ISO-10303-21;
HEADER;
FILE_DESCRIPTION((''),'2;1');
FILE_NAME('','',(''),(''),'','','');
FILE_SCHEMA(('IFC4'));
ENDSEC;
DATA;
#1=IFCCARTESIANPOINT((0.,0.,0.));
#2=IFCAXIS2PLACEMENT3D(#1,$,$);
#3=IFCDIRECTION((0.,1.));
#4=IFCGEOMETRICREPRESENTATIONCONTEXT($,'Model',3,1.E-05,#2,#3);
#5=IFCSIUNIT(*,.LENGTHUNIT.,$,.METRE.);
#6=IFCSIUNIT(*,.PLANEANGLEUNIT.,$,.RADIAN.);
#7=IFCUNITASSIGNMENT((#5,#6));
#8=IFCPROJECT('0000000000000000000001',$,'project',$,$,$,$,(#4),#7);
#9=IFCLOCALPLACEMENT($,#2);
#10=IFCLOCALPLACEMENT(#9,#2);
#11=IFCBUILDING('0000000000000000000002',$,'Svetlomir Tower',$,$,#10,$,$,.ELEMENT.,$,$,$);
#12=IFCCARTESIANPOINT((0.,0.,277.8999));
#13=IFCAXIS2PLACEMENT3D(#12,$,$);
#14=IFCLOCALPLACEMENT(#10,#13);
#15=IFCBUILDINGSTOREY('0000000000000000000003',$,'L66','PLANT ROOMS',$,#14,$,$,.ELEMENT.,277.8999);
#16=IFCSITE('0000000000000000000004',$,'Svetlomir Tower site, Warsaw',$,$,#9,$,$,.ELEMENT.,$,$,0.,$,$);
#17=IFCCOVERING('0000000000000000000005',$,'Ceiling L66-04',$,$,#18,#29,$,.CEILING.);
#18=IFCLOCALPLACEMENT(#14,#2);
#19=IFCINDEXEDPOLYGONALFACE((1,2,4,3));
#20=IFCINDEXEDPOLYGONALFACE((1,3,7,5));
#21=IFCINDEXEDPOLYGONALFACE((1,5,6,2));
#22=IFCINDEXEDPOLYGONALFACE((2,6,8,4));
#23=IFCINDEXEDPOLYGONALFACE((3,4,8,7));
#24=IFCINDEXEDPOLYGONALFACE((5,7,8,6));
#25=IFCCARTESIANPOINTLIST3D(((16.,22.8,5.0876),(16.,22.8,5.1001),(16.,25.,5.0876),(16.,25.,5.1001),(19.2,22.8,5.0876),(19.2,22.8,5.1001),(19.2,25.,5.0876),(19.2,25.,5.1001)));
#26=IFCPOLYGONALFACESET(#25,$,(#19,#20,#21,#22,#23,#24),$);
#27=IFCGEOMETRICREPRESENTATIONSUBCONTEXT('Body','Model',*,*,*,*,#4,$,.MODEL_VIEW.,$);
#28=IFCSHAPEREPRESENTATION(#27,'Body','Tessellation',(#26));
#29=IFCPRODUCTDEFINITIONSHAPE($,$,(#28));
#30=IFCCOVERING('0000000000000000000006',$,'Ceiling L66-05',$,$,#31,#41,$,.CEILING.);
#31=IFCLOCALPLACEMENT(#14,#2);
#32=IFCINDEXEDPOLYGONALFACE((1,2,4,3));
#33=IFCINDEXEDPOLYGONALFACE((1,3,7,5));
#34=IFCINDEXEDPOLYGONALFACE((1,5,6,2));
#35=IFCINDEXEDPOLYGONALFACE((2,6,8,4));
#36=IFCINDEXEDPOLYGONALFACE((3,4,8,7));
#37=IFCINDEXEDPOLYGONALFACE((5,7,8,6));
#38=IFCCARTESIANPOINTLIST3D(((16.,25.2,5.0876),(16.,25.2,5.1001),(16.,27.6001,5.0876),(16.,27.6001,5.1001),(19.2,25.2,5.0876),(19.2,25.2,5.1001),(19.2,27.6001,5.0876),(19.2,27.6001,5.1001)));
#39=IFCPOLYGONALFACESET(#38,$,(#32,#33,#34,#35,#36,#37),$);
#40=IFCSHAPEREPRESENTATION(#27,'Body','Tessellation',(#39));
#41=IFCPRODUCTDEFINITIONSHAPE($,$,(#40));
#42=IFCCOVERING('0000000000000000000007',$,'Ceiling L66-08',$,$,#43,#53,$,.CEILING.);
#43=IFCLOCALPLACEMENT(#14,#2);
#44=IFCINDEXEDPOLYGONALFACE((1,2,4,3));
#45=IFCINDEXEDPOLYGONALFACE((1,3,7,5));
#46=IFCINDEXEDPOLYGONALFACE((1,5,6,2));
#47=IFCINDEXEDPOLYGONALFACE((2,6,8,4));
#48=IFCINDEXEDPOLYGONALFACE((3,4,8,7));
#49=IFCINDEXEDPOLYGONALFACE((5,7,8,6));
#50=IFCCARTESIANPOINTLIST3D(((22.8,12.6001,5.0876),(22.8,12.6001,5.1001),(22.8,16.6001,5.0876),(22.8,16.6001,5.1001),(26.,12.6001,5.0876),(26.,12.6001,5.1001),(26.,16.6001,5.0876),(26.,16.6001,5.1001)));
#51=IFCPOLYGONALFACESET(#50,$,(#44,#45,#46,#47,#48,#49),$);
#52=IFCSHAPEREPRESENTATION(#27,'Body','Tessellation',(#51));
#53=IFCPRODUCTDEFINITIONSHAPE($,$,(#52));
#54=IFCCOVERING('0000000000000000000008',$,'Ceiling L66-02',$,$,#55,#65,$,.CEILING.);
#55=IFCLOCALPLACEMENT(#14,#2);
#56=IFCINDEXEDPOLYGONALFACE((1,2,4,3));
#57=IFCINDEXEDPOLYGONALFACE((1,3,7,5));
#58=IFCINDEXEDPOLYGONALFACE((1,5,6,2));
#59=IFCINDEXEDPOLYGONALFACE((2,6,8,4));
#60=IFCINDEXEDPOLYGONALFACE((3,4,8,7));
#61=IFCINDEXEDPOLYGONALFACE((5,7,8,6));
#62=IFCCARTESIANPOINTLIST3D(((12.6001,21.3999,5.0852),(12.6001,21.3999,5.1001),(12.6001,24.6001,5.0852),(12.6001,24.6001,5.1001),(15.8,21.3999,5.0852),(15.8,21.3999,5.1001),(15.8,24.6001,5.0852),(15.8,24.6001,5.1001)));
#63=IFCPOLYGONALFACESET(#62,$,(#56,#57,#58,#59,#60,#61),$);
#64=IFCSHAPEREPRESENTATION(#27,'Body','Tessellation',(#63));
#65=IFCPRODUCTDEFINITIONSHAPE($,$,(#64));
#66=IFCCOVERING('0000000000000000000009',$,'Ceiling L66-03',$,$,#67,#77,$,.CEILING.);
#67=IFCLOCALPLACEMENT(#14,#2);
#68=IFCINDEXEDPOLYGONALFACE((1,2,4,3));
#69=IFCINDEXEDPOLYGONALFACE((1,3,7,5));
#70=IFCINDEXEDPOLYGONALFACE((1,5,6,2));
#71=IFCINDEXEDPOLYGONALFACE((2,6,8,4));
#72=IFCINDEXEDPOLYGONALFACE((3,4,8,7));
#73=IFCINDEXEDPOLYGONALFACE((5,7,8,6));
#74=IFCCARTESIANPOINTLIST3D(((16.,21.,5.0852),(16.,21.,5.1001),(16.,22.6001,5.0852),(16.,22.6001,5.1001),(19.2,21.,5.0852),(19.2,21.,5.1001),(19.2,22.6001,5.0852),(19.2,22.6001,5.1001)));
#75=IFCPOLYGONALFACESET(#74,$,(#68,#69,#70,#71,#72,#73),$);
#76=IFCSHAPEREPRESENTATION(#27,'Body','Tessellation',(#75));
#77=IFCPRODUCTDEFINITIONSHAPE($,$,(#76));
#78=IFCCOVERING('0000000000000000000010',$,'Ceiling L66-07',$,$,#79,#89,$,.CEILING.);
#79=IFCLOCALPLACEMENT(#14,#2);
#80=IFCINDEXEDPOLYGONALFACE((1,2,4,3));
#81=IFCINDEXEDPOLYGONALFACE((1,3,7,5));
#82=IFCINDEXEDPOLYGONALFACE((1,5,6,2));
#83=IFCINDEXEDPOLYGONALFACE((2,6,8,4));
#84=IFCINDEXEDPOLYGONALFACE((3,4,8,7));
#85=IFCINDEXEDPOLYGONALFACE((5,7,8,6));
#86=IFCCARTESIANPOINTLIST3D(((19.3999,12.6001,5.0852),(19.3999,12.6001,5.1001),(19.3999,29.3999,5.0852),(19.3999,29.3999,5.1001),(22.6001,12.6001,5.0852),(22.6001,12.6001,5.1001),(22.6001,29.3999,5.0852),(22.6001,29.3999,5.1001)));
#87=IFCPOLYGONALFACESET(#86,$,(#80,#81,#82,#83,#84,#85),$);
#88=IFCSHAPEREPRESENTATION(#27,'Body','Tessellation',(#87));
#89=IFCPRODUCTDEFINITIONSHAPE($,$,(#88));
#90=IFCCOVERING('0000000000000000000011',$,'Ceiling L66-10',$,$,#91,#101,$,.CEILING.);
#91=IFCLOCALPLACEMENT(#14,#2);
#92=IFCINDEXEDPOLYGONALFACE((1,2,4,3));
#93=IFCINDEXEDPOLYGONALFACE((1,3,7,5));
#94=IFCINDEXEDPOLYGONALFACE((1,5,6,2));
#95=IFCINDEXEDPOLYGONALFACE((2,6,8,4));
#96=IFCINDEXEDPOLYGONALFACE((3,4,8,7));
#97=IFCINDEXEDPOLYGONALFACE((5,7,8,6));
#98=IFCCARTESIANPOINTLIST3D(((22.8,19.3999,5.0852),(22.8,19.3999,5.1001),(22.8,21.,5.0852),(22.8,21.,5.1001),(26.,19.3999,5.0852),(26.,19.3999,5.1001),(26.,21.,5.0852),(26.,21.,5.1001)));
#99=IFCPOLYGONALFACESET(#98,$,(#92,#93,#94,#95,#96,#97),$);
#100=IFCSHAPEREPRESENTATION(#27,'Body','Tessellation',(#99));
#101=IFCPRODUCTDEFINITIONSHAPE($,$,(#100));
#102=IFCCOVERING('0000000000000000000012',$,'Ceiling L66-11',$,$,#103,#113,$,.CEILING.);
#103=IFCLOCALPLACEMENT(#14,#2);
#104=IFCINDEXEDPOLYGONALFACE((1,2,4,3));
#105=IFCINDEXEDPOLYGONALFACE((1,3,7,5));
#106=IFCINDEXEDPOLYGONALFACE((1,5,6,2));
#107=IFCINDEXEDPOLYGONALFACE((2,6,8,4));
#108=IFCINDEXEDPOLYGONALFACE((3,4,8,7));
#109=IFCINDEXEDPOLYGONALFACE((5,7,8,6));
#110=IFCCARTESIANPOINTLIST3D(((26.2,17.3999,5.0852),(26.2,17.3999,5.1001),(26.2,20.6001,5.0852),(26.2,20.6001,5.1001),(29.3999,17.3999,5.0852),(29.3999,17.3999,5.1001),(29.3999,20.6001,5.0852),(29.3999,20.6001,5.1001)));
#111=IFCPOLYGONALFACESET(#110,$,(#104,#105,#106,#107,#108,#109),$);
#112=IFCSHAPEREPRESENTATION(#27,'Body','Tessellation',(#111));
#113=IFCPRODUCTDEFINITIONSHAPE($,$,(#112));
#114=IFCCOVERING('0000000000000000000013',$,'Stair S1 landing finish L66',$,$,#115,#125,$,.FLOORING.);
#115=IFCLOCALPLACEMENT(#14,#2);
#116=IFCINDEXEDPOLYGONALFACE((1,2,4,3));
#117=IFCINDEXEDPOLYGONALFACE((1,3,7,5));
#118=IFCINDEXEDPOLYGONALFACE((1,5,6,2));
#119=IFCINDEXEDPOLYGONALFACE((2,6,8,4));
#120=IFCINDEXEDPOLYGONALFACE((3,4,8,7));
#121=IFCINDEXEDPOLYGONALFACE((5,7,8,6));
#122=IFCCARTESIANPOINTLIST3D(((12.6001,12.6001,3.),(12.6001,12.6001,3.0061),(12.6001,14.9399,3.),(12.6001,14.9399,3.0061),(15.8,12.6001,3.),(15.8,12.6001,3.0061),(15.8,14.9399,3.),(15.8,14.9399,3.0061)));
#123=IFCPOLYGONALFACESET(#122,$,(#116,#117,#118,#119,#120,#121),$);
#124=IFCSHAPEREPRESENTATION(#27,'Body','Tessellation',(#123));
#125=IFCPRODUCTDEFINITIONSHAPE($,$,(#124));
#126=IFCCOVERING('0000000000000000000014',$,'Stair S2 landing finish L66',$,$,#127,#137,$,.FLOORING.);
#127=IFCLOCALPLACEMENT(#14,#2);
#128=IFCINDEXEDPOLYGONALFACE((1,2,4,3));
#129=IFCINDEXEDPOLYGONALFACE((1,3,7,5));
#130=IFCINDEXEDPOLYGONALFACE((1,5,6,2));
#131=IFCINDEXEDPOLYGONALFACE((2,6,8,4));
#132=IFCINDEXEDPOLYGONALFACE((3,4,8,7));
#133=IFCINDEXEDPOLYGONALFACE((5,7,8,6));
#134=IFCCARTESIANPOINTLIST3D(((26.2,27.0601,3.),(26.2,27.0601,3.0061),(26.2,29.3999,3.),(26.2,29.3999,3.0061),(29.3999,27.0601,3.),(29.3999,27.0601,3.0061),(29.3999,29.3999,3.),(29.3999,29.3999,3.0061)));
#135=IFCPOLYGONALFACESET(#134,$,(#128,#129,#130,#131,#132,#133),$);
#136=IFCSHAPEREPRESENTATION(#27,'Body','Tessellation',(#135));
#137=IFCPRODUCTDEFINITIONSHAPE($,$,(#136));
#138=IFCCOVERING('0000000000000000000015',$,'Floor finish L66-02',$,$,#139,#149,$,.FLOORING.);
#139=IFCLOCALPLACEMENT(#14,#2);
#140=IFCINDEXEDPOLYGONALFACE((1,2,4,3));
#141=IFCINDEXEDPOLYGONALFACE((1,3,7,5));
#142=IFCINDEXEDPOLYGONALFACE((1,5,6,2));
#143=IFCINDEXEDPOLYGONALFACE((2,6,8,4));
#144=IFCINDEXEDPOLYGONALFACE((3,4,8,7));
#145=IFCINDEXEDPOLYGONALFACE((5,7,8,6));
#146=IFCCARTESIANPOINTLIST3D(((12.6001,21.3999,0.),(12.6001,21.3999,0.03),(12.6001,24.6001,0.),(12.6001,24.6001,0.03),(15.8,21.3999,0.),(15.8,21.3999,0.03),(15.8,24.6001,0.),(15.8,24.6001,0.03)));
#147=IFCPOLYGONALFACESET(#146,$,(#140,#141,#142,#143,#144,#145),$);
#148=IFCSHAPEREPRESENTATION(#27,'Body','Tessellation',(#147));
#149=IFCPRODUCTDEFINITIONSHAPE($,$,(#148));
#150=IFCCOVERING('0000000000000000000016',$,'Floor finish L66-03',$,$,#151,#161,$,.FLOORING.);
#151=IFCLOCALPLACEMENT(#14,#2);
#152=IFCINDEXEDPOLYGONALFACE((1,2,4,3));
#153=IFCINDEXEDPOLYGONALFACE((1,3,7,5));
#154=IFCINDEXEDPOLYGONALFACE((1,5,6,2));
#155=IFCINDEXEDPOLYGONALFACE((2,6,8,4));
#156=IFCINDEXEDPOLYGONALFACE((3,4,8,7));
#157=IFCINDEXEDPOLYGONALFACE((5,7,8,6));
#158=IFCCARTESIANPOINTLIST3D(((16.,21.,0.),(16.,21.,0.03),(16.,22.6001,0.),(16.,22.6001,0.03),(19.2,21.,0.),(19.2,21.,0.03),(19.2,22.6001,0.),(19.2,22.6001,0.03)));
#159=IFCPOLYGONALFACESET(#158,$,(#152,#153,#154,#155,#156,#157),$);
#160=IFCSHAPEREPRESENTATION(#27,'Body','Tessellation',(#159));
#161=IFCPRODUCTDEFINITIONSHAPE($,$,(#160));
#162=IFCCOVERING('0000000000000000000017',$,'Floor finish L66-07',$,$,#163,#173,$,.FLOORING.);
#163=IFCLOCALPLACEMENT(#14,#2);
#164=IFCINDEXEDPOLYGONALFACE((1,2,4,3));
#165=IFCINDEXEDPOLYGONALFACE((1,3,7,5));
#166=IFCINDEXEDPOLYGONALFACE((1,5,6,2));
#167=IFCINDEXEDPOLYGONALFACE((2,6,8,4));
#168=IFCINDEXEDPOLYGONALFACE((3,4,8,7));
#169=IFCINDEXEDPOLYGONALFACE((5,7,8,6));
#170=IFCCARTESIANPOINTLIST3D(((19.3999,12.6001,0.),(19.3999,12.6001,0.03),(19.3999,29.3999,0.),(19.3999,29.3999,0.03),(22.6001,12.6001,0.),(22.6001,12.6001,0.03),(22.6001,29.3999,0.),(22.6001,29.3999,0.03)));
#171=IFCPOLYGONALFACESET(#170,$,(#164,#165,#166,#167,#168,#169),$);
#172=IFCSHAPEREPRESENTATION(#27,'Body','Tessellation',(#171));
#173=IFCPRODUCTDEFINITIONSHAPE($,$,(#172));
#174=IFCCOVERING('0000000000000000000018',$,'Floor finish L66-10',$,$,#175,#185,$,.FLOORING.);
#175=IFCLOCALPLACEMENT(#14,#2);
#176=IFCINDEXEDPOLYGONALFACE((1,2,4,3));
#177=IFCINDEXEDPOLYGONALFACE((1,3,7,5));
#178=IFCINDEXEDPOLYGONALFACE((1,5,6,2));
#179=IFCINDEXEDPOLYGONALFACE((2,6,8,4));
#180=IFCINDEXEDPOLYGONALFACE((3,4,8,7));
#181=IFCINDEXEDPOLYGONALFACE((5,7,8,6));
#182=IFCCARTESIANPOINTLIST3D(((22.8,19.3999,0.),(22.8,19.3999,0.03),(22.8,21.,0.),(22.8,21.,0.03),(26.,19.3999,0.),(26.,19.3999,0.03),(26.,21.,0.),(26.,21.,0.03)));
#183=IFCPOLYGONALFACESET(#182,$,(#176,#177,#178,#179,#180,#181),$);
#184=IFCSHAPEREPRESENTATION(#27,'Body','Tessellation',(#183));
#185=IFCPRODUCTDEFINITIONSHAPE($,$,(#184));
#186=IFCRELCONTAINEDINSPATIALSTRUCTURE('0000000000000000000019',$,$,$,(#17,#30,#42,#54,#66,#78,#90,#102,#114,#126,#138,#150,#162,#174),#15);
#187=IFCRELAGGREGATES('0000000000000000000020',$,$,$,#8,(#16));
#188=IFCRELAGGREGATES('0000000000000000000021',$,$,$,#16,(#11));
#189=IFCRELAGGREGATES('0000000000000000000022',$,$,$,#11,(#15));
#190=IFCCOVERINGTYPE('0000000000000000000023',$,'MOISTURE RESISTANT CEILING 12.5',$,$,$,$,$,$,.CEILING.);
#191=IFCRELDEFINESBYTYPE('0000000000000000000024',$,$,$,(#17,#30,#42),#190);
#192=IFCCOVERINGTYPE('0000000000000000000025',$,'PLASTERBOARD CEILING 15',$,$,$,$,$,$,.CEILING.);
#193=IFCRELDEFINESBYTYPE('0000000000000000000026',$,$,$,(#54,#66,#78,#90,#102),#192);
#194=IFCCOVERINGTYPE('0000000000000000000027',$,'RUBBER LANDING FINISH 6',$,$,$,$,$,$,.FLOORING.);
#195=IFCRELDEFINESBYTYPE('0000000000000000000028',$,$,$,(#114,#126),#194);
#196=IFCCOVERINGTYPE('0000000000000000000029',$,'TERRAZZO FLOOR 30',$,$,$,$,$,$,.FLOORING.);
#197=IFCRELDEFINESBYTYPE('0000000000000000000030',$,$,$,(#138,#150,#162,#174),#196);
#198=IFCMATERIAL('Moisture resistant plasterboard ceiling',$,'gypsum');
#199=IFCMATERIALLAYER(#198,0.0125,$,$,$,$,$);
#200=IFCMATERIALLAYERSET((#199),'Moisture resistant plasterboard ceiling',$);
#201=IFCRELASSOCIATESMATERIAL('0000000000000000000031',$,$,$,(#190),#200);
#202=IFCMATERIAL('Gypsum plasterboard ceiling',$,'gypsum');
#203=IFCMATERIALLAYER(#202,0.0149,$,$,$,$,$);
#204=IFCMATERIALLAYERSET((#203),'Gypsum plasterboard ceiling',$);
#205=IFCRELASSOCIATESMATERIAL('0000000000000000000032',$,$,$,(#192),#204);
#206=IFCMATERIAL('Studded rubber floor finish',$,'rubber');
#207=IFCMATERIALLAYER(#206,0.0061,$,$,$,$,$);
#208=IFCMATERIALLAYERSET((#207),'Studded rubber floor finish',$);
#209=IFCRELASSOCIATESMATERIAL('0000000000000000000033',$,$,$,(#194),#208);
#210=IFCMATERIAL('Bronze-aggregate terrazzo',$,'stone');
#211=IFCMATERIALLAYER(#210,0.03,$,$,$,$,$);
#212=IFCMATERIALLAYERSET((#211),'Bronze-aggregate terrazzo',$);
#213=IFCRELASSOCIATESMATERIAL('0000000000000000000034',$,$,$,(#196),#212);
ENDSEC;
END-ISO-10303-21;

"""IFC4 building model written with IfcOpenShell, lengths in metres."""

from ifc_helpers import new_model, si_unit, direction, frame, origin, place, context, subcontext, project, spatial, polyline, outline, extrude, material, layer, layer_set, type_object, element, save


model = new_model("IFC4")

# Units and contexts
model_context = context("Model", 3, precision=1e-05, world=origin(), true_north=direction((0.0, 1.0)))
body_context = subcontext(model_context, "Body", "Model", "MODEL_VIEW")
ifc_project = project(units=[si_unit("LENGTHUNIT", "METRE"), si_unit("PLANEANGLEUNIT", "RADIAN")], contexts=[model_context])

# Site, building, storey
site_placement = place(None, origin())
site = spatial("IfcSite", under=ifc_project, at=site_placement, Name="Svetlomir Tower site, Warsaw", CompositionType="ELEMENT", RefElevation=0.0)
building_placement = place(site_placement, origin())
building = spatial("IfcBuilding", under=site, at=building_placement, Name="Svetlomir Tower", CompositionType="ELEMENT")
storey_placement = place(building_placement, frame((0.0, 0.0, 277.8999)))
storey = spatial("IfcBuildingStorey", under=building, at=storey_placement, Name="L66", Description="PLANT ROOMS", CompositionType="ELEMENT", Elevation=277.8999)

# Coverings
ifc_material_1 = material(Name="Moisture resistant plasterboard ceiling", Category="gypsum")
ifc_layer_1 = layer(ifc_material_1, 0.0125)
ifc_layer_set_1 = layer_set([ifc_layer_1], Name="Moisture resistant plasterboard ceiling")
covering_type_1 = type_object("IfcCoveringType", Name="MOISTURE RESISTANT CEILING 12.5", PredefinedType="CEILING", material=ifc_layer_set_1)
covering_1_placement = place(storey_placement, frame((0.0, 0.0, 5.0876)))
element("IfcCovering", 1, at=covering_1_placement, inside=storey, type_object=covering_type_1, Name="Ceiling L66-04", PredefinedType="CEILING", context=body_context, shape_type="SweptSolid", body=[
    extrude(outline(polyline([(16.0, 22.8), (19.2, 22.8), (19.2, 25.0), (16.0, 25.0), (16.0, 22.8)])), origin(), (0.0, 0.0, 1.0), 0.0125),
])
covering_2_placement = place(storey_placement, frame((0.0, 0.0, 5.0876)))
element("IfcCovering", 2, at=covering_2_placement, inside=storey, type_object=covering_type_1, Name="Ceiling L66-05", PredefinedType="CEILING", context=body_context, shape_type="SweptSolid", body=[
    extrude(outline(polyline([(16.0, 25.2), (19.2, 25.2), (19.2, 27.6001), (16.0, 27.6001), (16.0, 25.2)])), origin(), (0.0, 0.0, 1.0), 0.0125),
])
covering_3_placement = place(storey_placement, frame((0.0, 0.0, 5.0876)))
element("IfcCovering", 3, at=covering_3_placement, inside=storey, type_object=covering_type_1, Name="Ceiling L66-08", PredefinedType="CEILING", context=body_context, shape_type="SweptSolid", body=[
    extrude(outline(polyline([(22.8, 12.6001), (26.0, 12.6001), (26.0, 16.6001), (22.8, 16.6001), (22.8, 12.6001)])), origin(), (0.0, 0.0, 1.0), 0.0125),
])
ifc_material_2 = material(Name="Gypsum plasterboard ceiling", Category="gypsum")
ifc_layer_2 = layer(ifc_material_2, 0.0149)
ifc_layer_set_2 = layer_set([ifc_layer_2], Name="Gypsum plasterboard ceiling")
covering_type_2 = type_object("IfcCoveringType", Name="PLASTERBOARD CEILING 15", PredefinedType="CEILING", material=ifc_layer_set_2)
covering_4_placement = place(storey_placement, frame((0.0, 0.0, 5.0852)))
element("IfcCovering", 4, at=covering_4_placement, inside=storey, type_object=covering_type_2, Name="Ceiling L66-02", PredefinedType="CEILING", context=body_context, shape_type="SweptSolid", body=[
    extrude(outline(polyline([(12.6001, 21.3999), (15.8, 21.3999), (15.8, 24.6001), (12.6001, 24.6001), (12.6001, 21.3999)])), origin(), (0.0, 0.0, 1.0), 0.0149),
])
covering_5_placement = place(storey_placement, frame((0.0, 0.0, 5.0852)))
element("IfcCovering", 5, at=covering_5_placement, inside=storey, type_object=covering_type_2, Name="Ceiling L66-03", PredefinedType="CEILING", context=body_context, shape_type="SweptSolid", body=[
    extrude(outline(polyline([(16.0, 21.0), (19.2, 21.0), (19.2, 22.6001), (16.0, 22.6001), (16.0, 21.0)])), origin(), (0.0, 0.0, 1.0), 0.0149),
])
covering_6_placement = place(storey_placement, frame((0.0, 0.0, 5.0852)))
element("IfcCovering", 6, at=covering_6_placement, inside=storey, type_object=covering_type_2, Name="Ceiling L66-07", PredefinedType="CEILING", context=body_context, shape_type="SweptSolid", body=[
    extrude(outline(polyline([(19.3999, 12.6001), (22.6001, 12.6001), (22.6001, 29.3999), (19.3999, 29.3999), (19.3999, 12.6001)])), origin(), (0.0, 0.0, 1.0), 0.0149),
])
covering_7_placement = place(storey_placement, frame((0.0, 0.0, 5.0852)))
element("IfcCovering", 7, at=covering_7_placement, inside=storey, type_object=covering_type_2, Name="Ceiling L66-10", PredefinedType="CEILING", context=body_context, shape_type="SweptSolid", body=[
    extrude(outline(polyline([(22.8, 19.3999), (26.0, 19.3999), (26.0, 21.0), (22.8, 21.0), (22.8, 19.3999)])), origin(), (0.0, 0.0, 1.0), 0.0149),
])
covering_8_placement = place(storey_placement, frame((0.0, 0.0, 5.0852)))
element("IfcCovering", 8, at=covering_8_placement, inside=storey, type_object=covering_type_2, Name="Ceiling L66-11", PredefinedType="CEILING", context=body_context, shape_type="SweptSolid", body=[
    extrude(outline(polyline([(26.2, 17.3999), (29.3999, 17.3999), (29.3999, 20.6001), (26.2, 20.6001), (26.2, 17.3999)])), origin(), (0.0, 0.0, 1.0), 0.0149),
])
ifc_material_3 = material(Name="Studded rubber floor finish", Category="rubber")
ifc_layer_3 = layer(ifc_material_3, 0.0061)
ifc_layer_set_3 = layer_set([ifc_layer_3], Name="Studded rubber floor finish")
covering_type_3 = type_object("IfcCoveringType", Name="RUBBER LANDING FINISH 6", PredefinedType="FLOORING", material=ifc_layer_set_3)
covering_9_placement = place(storey_placement, frame((0.0, 0.0, 3.0)))
element("IfcCovering", 9, at=covering_9_placement, inside=storey, type_object=covering_type_3, Name="Stair S1 landing finish L66", PredefinedType="FLOORING", context=body_context, shape_type="SweptSolid", body=[
    extrude(outline(polyline([(12.6001, 12.6001), (15.8, 12.6001), (15.8, 14.9399), (12.6001, 14.9399), (12.6001, 12.6001)])), origin(), (0.0, 0.0, 1.0), 0.0061),
])
covering_10_placement = place(storey_placement, frame((0.0, 0.0, 3.0)))
element("IfcCovering", 10, at=covering_10_placement, inside=storey, type_object=covering_type_3, Name="Stair S2 landing finish L66", PredefinedType="FLOORING", context=body_context, shape_type="SweptSolid", body=[
    extrude(outline(polyline([(26.2, 27.0601), (29.3999, 27.0601), (29.3999, 29.3999), (26.2, 29.3999), (26.2, 27.0601)])), origin(), (0.0, 0.0, 1.0), 0.0061),
])
ifc_material_4 = material(Name="Bronze-aggregate terrazzo", Category="stone")
ifc_layer_4 = layer(ifc_material_4, 0.03)
ifc_layer_set_4 = layer_set([ifc_layer_4], Name="Bronze-aggregate terrazzo")
covering_type_4 = type_object("IfcCoveringType", Name="TERRAZZO FLOOR 30", PredefinedType="FLOORING", material=ifc_layer_set_4)
covering_11_placement = place(storey_placement, origin())
element("IfcCovering", 11, at=covering_11_placement, inside=storey, type_object=covering_type_4, Name="Floor finish L66-02", PredefinedType="FLOORING", context=body_context, shape_type="SweptSolid", body=[
    extrude(outline(polyline([(12.6001, 21.3999), (15.8, 21.3999), (15.8, 24.6001), (12.6001, 24.6001), (12.6001, 21.3999)])), origin(), (0.0, 0.0, 1.0), 0.03),
])
covering_12_placement = place(storey_placement, origin())
element("IfcCovering", 12, at=covering_12_placement, inside=storey, type_object=covering_type_4, Name="Floor finish L66-03", PredefinedType="FLOORING", context=body_context, shape_type="SweptSolid", body=[
    extrude(outline(polyline([(16.0, 21.0), (19.2, 21.0), (19.2, 22.6001), (16.0, 22.6001), (16.0, 21.0)])), origin(), (0.0, 0.0, 1.0), 0.03),
])
covering_13_placement = place(storey_placement, origin())
element("IfcCovering", 13, at=covering_13_placement, inside=storey, type_object=covering_type_4, Name="Floor finish L66-07", PredefinedType="FLOORING", context=body_context, shape_type="SweptSolid", body=[
    extrude(outline(polyline([(19.3999, 12.6001), (22.6001, 12.6001), (22.6001, 29.3999), (19.3999, 29.3999), (19.3999, 12.6001)])), origin(), (0.0, 0.0, 1.0), 0.03),
])
covering_14_placement = place(storey_placement, origin())
element("IfcCovering", 14, at=covering_14_placement, inside=storey, type_object=covering_type_4, Name="Floor finish L66-10", PredefinedType="FLOORING", context=body_context, shape_type="SweptSolid", body=[
    extrude(outline(polyline([(22.8, 19.3999), (26.0, 19.3999), (26.0, 21.0), (22.8, 21.0), (22.8, 19.3999)])), origin(), (0.0, 0.0, 1.0), 0.03),
])

save(model, "model.ifc")
